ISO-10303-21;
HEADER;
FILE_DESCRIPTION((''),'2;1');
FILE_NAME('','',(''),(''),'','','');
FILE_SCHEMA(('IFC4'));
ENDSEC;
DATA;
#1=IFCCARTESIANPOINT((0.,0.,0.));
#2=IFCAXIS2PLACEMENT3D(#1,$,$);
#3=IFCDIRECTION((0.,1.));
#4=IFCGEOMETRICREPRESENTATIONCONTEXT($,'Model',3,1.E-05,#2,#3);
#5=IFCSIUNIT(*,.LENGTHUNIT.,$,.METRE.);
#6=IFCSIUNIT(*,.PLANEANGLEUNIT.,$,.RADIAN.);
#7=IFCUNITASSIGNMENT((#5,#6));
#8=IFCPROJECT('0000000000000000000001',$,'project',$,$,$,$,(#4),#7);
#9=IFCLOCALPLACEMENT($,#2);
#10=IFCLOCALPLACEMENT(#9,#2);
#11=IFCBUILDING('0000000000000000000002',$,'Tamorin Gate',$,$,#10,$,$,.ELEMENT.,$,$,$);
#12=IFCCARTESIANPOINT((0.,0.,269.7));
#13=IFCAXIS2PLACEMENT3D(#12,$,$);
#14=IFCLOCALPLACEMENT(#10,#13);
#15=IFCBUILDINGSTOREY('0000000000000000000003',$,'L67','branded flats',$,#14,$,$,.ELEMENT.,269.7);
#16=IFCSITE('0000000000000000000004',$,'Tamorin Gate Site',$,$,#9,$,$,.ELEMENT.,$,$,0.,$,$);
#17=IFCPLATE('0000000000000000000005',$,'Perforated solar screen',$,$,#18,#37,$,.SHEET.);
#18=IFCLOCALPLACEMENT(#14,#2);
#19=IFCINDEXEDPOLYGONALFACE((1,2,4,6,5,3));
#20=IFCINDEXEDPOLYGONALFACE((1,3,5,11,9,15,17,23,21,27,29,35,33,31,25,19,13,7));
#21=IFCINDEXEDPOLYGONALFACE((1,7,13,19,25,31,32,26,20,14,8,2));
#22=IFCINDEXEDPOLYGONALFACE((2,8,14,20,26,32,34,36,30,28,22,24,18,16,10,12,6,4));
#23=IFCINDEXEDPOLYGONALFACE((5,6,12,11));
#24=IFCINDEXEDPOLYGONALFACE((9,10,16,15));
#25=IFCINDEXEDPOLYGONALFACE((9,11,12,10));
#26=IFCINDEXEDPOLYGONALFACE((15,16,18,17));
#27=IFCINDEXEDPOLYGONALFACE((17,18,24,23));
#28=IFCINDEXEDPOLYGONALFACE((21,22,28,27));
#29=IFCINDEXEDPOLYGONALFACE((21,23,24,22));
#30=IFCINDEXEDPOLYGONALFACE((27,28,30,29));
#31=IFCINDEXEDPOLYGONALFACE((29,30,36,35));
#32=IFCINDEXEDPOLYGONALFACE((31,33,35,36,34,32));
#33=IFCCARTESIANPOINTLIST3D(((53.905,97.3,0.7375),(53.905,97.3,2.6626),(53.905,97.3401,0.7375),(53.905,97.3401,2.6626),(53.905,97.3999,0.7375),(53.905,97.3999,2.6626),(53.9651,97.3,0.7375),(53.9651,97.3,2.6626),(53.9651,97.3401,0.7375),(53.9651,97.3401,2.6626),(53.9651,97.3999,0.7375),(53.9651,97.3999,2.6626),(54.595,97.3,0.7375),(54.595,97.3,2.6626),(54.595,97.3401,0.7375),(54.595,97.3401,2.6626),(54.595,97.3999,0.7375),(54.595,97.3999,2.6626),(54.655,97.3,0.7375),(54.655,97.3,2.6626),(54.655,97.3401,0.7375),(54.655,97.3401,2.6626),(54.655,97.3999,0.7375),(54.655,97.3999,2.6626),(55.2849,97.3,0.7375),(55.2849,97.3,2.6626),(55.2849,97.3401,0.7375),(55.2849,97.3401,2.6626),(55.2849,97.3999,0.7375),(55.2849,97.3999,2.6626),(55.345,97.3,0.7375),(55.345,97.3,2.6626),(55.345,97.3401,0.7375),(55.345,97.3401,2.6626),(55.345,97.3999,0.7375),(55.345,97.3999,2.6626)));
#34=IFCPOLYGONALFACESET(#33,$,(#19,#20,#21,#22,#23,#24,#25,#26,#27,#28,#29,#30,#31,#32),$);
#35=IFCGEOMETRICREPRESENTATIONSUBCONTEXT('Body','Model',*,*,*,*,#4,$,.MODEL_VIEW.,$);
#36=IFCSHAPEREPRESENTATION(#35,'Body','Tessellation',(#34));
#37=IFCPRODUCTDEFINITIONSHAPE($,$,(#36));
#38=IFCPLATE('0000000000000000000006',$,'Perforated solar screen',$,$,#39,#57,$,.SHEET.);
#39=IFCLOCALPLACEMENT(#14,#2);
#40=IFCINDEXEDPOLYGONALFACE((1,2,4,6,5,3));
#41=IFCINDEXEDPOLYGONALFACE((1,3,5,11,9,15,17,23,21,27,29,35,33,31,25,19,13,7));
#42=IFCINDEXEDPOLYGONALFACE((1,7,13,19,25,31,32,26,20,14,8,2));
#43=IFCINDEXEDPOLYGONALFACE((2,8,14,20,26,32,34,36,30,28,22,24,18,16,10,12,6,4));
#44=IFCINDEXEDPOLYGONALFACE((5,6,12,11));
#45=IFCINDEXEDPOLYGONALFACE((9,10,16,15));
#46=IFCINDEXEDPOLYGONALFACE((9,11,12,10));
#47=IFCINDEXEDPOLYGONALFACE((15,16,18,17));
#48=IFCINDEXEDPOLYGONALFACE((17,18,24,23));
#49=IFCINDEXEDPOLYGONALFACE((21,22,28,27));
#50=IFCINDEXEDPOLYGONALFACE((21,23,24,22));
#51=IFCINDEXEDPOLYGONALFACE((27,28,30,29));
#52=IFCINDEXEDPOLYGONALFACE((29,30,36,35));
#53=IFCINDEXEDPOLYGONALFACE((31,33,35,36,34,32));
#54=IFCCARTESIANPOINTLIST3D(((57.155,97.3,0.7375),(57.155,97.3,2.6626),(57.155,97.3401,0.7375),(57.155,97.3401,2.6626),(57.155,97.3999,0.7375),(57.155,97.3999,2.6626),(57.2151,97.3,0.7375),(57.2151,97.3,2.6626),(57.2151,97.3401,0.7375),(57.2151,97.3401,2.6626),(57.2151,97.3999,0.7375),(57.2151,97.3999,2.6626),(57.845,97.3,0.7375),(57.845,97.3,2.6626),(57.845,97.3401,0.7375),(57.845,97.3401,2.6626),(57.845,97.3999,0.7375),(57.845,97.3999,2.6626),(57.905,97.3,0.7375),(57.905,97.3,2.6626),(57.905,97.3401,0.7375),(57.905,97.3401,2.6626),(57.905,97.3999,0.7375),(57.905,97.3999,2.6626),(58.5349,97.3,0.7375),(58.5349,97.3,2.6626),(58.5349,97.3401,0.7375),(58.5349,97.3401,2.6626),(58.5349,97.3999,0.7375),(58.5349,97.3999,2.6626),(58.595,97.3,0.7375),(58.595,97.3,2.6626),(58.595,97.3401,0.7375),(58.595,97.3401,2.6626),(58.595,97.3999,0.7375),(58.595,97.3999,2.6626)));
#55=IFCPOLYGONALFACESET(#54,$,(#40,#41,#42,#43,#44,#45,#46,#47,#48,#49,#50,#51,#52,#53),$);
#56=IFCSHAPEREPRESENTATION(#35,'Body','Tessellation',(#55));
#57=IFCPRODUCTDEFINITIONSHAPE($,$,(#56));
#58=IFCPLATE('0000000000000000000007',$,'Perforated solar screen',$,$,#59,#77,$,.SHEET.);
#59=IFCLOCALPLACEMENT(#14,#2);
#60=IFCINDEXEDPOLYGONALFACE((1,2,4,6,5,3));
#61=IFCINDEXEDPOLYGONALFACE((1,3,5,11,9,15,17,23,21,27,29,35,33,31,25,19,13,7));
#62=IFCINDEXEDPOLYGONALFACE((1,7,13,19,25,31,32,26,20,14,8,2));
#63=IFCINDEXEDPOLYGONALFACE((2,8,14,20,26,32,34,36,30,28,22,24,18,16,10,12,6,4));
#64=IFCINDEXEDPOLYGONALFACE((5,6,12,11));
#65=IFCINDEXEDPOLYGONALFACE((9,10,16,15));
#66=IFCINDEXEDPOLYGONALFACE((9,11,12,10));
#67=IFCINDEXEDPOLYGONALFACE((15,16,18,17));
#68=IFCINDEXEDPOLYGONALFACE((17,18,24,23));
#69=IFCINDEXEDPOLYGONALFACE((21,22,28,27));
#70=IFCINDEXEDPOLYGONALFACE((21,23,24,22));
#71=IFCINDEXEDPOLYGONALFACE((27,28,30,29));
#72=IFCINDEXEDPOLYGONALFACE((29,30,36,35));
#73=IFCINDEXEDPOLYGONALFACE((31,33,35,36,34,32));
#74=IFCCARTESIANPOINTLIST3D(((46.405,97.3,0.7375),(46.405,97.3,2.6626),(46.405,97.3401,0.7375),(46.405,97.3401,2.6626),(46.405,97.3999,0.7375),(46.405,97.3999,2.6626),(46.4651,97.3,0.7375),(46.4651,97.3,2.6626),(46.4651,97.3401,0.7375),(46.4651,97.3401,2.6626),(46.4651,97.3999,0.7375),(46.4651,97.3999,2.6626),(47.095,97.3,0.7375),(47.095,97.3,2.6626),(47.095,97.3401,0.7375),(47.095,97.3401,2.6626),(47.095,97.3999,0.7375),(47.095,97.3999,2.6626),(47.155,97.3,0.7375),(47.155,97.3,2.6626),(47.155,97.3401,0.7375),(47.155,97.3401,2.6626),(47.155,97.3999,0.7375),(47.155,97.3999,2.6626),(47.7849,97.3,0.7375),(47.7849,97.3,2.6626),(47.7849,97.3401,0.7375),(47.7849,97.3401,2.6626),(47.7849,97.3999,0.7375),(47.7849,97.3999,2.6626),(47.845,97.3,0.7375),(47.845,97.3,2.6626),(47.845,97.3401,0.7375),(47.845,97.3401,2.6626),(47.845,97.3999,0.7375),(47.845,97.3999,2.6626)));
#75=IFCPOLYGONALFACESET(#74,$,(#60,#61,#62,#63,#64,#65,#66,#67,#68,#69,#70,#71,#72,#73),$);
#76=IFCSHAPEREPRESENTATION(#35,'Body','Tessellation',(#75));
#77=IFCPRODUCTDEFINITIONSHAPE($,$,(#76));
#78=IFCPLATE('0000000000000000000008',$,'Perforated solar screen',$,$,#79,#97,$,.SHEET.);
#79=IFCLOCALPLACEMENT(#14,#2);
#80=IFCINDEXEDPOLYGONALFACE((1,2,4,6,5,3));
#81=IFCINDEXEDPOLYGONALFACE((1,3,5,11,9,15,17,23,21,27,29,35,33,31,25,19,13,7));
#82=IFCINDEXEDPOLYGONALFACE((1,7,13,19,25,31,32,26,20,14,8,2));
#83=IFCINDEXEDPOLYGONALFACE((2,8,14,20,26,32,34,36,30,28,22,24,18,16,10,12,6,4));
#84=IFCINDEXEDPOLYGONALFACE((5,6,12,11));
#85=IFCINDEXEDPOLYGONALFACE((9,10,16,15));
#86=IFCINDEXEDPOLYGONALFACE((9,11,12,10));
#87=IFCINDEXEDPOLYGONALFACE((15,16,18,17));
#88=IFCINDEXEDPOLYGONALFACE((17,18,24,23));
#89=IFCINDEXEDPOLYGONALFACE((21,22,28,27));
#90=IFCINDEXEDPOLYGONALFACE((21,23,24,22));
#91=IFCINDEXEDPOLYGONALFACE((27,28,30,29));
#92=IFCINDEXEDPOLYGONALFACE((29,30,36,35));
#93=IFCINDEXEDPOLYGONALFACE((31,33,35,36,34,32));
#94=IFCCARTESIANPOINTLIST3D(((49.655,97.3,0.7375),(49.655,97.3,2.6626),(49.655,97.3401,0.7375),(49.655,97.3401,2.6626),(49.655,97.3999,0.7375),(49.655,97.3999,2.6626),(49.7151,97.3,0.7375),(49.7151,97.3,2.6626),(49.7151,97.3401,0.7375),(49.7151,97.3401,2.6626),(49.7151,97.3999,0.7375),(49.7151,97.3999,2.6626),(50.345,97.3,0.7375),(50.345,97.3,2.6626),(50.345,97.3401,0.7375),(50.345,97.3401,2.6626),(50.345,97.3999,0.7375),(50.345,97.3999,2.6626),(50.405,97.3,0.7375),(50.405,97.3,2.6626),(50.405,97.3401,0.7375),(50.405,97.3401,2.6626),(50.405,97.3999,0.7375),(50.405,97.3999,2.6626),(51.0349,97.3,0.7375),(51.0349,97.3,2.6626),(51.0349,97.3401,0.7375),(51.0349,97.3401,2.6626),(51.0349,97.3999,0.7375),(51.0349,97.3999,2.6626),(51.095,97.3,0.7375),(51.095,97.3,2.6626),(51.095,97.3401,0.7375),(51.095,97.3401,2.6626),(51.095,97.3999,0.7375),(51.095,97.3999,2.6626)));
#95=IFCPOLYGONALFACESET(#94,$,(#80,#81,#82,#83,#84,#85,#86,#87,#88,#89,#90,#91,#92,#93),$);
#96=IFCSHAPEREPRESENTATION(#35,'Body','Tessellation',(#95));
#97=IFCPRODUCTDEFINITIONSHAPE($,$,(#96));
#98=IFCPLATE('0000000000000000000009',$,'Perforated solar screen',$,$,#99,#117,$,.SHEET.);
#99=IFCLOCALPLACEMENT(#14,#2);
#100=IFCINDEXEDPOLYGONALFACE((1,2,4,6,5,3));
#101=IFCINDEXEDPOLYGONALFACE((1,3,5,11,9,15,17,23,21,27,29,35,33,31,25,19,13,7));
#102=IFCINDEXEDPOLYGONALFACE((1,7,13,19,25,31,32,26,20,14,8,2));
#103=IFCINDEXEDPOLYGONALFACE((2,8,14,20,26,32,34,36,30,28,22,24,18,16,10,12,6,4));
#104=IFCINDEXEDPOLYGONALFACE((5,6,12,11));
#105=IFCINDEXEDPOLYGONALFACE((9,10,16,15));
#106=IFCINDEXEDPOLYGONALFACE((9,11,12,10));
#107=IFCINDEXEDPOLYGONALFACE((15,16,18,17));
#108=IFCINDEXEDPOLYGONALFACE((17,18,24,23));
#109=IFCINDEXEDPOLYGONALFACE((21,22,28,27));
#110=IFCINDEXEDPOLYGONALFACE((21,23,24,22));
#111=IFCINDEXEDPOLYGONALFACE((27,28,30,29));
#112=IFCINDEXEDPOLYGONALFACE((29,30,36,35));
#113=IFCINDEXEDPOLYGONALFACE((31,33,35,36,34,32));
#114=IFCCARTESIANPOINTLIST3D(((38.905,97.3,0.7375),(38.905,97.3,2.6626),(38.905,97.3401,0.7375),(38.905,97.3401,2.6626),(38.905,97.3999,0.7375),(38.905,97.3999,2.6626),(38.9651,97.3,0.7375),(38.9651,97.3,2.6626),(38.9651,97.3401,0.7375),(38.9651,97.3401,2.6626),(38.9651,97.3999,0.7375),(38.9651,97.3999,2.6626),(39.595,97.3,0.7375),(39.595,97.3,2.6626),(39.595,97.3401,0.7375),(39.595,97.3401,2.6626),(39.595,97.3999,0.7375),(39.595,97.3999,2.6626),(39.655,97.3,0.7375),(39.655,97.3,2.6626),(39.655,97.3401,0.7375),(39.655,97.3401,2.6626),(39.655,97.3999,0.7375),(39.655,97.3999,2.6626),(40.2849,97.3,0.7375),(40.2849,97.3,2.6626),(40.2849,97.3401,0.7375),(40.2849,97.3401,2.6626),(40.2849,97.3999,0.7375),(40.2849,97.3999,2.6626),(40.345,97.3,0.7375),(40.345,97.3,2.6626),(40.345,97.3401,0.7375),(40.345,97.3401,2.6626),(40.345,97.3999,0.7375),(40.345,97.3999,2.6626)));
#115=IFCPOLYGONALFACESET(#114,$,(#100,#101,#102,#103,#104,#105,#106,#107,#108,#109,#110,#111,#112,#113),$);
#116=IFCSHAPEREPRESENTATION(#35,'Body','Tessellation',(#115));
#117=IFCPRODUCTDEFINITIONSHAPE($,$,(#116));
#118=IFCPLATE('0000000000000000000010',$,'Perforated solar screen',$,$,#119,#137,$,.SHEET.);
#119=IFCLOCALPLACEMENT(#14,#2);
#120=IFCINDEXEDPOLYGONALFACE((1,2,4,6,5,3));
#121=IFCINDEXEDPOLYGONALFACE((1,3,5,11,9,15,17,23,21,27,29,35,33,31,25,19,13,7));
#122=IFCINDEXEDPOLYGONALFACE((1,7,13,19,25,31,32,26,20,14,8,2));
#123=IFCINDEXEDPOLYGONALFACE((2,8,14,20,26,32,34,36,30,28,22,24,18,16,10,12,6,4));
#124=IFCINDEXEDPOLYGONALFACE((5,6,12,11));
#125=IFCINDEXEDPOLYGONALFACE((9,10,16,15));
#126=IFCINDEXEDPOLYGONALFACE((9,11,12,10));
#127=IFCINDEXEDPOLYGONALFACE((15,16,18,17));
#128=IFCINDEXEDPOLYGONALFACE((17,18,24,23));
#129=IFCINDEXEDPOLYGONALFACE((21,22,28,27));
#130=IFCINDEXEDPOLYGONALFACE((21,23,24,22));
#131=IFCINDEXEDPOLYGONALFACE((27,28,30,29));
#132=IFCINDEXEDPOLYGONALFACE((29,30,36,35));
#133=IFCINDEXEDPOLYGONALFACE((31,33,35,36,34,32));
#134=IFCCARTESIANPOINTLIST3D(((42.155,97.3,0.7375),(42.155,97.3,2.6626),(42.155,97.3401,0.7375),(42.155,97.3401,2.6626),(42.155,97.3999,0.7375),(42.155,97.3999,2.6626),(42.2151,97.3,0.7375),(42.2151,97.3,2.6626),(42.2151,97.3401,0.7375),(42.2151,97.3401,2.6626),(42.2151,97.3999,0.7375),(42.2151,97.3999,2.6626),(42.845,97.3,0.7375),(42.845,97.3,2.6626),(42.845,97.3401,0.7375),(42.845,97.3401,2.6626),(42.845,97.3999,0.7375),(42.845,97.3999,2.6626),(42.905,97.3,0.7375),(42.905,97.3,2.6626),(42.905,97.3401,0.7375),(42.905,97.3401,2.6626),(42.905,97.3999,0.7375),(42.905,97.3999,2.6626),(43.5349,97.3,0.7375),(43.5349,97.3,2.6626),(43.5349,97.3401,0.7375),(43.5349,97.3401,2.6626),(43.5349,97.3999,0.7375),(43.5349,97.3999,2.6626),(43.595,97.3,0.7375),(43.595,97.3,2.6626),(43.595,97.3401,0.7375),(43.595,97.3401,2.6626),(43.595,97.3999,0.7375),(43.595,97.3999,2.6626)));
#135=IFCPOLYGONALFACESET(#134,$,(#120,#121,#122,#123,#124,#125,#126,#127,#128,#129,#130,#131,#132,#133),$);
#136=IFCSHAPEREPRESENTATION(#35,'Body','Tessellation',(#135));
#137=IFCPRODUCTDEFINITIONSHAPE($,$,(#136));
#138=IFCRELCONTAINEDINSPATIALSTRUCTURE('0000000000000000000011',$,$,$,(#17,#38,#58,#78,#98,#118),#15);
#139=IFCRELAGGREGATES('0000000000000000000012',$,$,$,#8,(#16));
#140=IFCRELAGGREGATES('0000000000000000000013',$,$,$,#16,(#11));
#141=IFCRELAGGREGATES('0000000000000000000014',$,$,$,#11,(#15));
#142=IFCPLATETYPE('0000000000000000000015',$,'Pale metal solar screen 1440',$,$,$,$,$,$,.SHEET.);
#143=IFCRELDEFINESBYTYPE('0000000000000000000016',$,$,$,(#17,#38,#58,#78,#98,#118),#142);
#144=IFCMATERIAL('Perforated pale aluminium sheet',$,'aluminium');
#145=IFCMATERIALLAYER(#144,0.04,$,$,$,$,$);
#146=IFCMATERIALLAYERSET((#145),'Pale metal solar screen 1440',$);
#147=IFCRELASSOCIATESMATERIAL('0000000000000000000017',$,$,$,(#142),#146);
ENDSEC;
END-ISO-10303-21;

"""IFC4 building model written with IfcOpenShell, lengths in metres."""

from ifc_helpers import new_model, si_unit, direction, frame, origin, place, context, subcontext, project, spatial, polyline, outline, extrude, material, layer, layer_set, type_object, element, save


model = new_model("IFC4")

# Units and contexts
model_context = context("Model", 3, precision=1e-05, world=origin(), true_north=direction((0.0, 1.0)))
body_context = subcontext(model_context, "Body", "Model", "MODEL_VIEW")
ifc_project = project(units=[si_unit("LENGTHUNIT", "METRE"), si_unit("PLANEANGLEUNIT", "RADIAN")], contexts=[model_context])

# Site, building, storey
site_placement = place(None, origin())
site = spatial("IfcSite", under=ifc_project, at=site_placement, Name="Tamorin Gate Site", CompositionType="ELEMENT", RefElevation=0.0)
building_placement = place(site_placement, origin())
building = spatial("IfcBuilding", under=site, at=building_placement, Name="Tamorin Gate", CompositionType="ELEMENT")
storey_placement = place(building_placement, frame((0.0, 0.0, 269.7)))
storey = spatial("IfcBuildingStorey", under=building, at=storey_placement, Name="L67", Description="branded flats", CompositionType="ELEMENT", Elevation=269.7)

# Plates
ifc_material_1 = material(Name="Perforated pale aluminium sheet", Category="aluminium")
ifc_layer_1 = layer(ifc_material_1, 0.04)
ifc_layer_set_1 = layer_set([ifc_layer_1], Name="Pale metal solar screen 1440")
plate_type = type_object("IfcPlateType", Name="Pale metal solar screen 1440", PredefinedType="SHEET", material=ifc_layer_set_1)
plate_1_placement = place(storey_placement, frame((0.0, 0.0, 0.7375)))
element("IfcPlate", 1, at=plate_1_placement, inside=storey, type_object=plate_type, Name="Perforated solar screen", PredefinedType="SHEET", context=body_context, shape_type="SweptSolid", body=[
    extrude(outline(polyline([(55.345, 97.3401), (55.345, 97.3), (55.2849, 97.3), (54.655, 97.3), (54.595, 97.3), (53.9651, 97.3), (53.905, 97.3), (53.905, 97.3401), (53.905, 97.3999), (53.9651, 97.3999), (53.9651, 97.3401), (54.595, 97.3401), (54.595, 97.3999), (54.655, 97.3999), (54.655, 97.3401), (55.2849, 97.3401), (55.2849, 97.3999), (55.345, 97.3999), (55.345, 97.3401)])), origin(), (0.0, 0.0, 1.0), 1.925),
])
plate_2_placement = place(storey_placement, frame((0.0, 0.0, 0.7375)))
element("IfcPlate", 2, at=plate_2_placement, inside=storey, type_object=plate_type, Name="Perforated solar screen", PredefinedType="SHEET", context=body_context, shape_type="SweptSolid", body=[
    extrude(outline(polyline([(58.595, 97.3401), (58.595, 97.3), (58.5349, 97.3), (57.905, 97.3), (57.845, 97.3), (57.2151, 97.3), (57.155, 97.3), (57.155, 97.3401), (57.155, 97.3999), (57.2151, 97.3999), (57.2151, 97.3401), (57.845, 97.3401), (57.845, 97.3999), (57.905, 97.3999), (57.905, 97.3401), (58.5349, 97.3401), (58.5349, 97.3999), (58.595, 97.3999), (58.595, 97.3401)])), origin(), (0.0, 0.0, 1.0), 1.925),
])
plate_3_placement = place(storey_placement, frame((0.0, 0.0, 0.7375)))
element("IfcPlate", 3, at=plate_3_placement, inside=storey, type_object=plate_type, Name="Perforated solar screen", PredefinedType="SHEET", context=body_context, shape_type="SweptSolid", body=[
    extrude(outline(polyline([(47.845, 97.3401), (47.845, 97.3), (47.7849, 97.3), (47.155, 97.3), (47.095, 97.3), (46.4651, 97.3), (46.405, 97.3), (46.405, 97.3401), (46.405, 97.3999), (46.4651, 97.3999), (46.4651, 97.3401), (47.095, 97.3401), (47.095, 97.3999), (47.155, 97.3999), (47.155, 97.3401), (47.7849, 97.3401), (47.7849, 97.3999), (47.845, 97.3999), (47.845, 97.3401)])), origin(), (0.0, 0.0, 1.0), 1.925),
])
plate_4_placement = place(storey_placement, frame((0.0, 0.0, 0.7375)))
element("IfcPlate", 4, at=plate_4_placement, inside=storey, type_object=plate_type, Name="Perforated solar screen", PredefinedType="SHEET", context=body_context, shape_type="SweptSolid", body=[
    extrude(outline(polyline([(51.095, 97.3401), (51.095, 97.3), (51.0349, 97.3), (50.405, 97.3), (50.345, 97.3), (49.7151, 97.3), (49.655, 97.3), (49.655, 97.3401), (49.655, 97.3999), (49.7151, 97.3999), (49.7151, 97.3401), (50.345, 97.3401), (50.345, 97.3999), (50.405, 97.3999), (50.405, 97.3401), (51.0349, 97.3401), (51.0349, 97.3999), (51.095, 97.3999), (51.095, 97.3401)])), origin(), (0.0, 0.0, 1.0), 1.925),
])
plate_5_placement = place(storey_placement, frame((0.0, 0.0, 0.7375)))
element("IfcPlate", 5, at=plate_5_placement, inside=storey, type_object=plate_type, Name="Perforated solar screen", PredefinedType="SHEET", context=body_context, shape_type="SweptSolid", body=[
    extrude(outline(polyline([(40.345, 97.3401), (40.345, 97.3), (40.2849, 97.3), (39.655, 97.3), (39.595, 97.3), (38.9651, 97.3), (38.905, 97.3), (38.905, 97.3401), (38.905, 97.3999), (38.9651, 97.3999), (38.9651, 97.3401), (39.595, 97.3401), (39.595, 97.3999), (39.655, 97.3999), (39.655, 97.3401), (40.2849, 97.3401), (40.2849, 97.3999), (40.345, 97.3999), (40.345, 97.3401)])), origin(), (0.0, 0.0, 1.0), 1.925),
])
plate_6_placement = place(storey_placement, frame((0.0, 0.0, 0.7375)))
element("IfcPlate", 6, at=plate_6_placement, inside=storey, type_object=plate_type, Name="Perforated solar screen", PredefinedType="SHEET", context=body_context, shape_type="SweptSolid", body=[
    extrude(outline(polyline([(43.595, 97.3401), (43.595, 97.3), (43.5349, 97.3), (42.905, 97.3), (42.845, 97.3), (42.2151, 97.3), (42.155, 97.3), (42.155, 97.3401), (42.155, 97.3999), (42.2151, 97.3999), (42.2151, 97.3401), (42.845, 97.3401), (42.845, 97.3999), (42.905, 97.3999), (42.905, 97.3401), (43.5349, 97.3401), (43.5349, 97.3999), (43.595, 97.3999), (43.595, 97.3401)])), origin(), (0.0, 0.0, 1.0), 1.925),
])

save(model, "model.ifc")
